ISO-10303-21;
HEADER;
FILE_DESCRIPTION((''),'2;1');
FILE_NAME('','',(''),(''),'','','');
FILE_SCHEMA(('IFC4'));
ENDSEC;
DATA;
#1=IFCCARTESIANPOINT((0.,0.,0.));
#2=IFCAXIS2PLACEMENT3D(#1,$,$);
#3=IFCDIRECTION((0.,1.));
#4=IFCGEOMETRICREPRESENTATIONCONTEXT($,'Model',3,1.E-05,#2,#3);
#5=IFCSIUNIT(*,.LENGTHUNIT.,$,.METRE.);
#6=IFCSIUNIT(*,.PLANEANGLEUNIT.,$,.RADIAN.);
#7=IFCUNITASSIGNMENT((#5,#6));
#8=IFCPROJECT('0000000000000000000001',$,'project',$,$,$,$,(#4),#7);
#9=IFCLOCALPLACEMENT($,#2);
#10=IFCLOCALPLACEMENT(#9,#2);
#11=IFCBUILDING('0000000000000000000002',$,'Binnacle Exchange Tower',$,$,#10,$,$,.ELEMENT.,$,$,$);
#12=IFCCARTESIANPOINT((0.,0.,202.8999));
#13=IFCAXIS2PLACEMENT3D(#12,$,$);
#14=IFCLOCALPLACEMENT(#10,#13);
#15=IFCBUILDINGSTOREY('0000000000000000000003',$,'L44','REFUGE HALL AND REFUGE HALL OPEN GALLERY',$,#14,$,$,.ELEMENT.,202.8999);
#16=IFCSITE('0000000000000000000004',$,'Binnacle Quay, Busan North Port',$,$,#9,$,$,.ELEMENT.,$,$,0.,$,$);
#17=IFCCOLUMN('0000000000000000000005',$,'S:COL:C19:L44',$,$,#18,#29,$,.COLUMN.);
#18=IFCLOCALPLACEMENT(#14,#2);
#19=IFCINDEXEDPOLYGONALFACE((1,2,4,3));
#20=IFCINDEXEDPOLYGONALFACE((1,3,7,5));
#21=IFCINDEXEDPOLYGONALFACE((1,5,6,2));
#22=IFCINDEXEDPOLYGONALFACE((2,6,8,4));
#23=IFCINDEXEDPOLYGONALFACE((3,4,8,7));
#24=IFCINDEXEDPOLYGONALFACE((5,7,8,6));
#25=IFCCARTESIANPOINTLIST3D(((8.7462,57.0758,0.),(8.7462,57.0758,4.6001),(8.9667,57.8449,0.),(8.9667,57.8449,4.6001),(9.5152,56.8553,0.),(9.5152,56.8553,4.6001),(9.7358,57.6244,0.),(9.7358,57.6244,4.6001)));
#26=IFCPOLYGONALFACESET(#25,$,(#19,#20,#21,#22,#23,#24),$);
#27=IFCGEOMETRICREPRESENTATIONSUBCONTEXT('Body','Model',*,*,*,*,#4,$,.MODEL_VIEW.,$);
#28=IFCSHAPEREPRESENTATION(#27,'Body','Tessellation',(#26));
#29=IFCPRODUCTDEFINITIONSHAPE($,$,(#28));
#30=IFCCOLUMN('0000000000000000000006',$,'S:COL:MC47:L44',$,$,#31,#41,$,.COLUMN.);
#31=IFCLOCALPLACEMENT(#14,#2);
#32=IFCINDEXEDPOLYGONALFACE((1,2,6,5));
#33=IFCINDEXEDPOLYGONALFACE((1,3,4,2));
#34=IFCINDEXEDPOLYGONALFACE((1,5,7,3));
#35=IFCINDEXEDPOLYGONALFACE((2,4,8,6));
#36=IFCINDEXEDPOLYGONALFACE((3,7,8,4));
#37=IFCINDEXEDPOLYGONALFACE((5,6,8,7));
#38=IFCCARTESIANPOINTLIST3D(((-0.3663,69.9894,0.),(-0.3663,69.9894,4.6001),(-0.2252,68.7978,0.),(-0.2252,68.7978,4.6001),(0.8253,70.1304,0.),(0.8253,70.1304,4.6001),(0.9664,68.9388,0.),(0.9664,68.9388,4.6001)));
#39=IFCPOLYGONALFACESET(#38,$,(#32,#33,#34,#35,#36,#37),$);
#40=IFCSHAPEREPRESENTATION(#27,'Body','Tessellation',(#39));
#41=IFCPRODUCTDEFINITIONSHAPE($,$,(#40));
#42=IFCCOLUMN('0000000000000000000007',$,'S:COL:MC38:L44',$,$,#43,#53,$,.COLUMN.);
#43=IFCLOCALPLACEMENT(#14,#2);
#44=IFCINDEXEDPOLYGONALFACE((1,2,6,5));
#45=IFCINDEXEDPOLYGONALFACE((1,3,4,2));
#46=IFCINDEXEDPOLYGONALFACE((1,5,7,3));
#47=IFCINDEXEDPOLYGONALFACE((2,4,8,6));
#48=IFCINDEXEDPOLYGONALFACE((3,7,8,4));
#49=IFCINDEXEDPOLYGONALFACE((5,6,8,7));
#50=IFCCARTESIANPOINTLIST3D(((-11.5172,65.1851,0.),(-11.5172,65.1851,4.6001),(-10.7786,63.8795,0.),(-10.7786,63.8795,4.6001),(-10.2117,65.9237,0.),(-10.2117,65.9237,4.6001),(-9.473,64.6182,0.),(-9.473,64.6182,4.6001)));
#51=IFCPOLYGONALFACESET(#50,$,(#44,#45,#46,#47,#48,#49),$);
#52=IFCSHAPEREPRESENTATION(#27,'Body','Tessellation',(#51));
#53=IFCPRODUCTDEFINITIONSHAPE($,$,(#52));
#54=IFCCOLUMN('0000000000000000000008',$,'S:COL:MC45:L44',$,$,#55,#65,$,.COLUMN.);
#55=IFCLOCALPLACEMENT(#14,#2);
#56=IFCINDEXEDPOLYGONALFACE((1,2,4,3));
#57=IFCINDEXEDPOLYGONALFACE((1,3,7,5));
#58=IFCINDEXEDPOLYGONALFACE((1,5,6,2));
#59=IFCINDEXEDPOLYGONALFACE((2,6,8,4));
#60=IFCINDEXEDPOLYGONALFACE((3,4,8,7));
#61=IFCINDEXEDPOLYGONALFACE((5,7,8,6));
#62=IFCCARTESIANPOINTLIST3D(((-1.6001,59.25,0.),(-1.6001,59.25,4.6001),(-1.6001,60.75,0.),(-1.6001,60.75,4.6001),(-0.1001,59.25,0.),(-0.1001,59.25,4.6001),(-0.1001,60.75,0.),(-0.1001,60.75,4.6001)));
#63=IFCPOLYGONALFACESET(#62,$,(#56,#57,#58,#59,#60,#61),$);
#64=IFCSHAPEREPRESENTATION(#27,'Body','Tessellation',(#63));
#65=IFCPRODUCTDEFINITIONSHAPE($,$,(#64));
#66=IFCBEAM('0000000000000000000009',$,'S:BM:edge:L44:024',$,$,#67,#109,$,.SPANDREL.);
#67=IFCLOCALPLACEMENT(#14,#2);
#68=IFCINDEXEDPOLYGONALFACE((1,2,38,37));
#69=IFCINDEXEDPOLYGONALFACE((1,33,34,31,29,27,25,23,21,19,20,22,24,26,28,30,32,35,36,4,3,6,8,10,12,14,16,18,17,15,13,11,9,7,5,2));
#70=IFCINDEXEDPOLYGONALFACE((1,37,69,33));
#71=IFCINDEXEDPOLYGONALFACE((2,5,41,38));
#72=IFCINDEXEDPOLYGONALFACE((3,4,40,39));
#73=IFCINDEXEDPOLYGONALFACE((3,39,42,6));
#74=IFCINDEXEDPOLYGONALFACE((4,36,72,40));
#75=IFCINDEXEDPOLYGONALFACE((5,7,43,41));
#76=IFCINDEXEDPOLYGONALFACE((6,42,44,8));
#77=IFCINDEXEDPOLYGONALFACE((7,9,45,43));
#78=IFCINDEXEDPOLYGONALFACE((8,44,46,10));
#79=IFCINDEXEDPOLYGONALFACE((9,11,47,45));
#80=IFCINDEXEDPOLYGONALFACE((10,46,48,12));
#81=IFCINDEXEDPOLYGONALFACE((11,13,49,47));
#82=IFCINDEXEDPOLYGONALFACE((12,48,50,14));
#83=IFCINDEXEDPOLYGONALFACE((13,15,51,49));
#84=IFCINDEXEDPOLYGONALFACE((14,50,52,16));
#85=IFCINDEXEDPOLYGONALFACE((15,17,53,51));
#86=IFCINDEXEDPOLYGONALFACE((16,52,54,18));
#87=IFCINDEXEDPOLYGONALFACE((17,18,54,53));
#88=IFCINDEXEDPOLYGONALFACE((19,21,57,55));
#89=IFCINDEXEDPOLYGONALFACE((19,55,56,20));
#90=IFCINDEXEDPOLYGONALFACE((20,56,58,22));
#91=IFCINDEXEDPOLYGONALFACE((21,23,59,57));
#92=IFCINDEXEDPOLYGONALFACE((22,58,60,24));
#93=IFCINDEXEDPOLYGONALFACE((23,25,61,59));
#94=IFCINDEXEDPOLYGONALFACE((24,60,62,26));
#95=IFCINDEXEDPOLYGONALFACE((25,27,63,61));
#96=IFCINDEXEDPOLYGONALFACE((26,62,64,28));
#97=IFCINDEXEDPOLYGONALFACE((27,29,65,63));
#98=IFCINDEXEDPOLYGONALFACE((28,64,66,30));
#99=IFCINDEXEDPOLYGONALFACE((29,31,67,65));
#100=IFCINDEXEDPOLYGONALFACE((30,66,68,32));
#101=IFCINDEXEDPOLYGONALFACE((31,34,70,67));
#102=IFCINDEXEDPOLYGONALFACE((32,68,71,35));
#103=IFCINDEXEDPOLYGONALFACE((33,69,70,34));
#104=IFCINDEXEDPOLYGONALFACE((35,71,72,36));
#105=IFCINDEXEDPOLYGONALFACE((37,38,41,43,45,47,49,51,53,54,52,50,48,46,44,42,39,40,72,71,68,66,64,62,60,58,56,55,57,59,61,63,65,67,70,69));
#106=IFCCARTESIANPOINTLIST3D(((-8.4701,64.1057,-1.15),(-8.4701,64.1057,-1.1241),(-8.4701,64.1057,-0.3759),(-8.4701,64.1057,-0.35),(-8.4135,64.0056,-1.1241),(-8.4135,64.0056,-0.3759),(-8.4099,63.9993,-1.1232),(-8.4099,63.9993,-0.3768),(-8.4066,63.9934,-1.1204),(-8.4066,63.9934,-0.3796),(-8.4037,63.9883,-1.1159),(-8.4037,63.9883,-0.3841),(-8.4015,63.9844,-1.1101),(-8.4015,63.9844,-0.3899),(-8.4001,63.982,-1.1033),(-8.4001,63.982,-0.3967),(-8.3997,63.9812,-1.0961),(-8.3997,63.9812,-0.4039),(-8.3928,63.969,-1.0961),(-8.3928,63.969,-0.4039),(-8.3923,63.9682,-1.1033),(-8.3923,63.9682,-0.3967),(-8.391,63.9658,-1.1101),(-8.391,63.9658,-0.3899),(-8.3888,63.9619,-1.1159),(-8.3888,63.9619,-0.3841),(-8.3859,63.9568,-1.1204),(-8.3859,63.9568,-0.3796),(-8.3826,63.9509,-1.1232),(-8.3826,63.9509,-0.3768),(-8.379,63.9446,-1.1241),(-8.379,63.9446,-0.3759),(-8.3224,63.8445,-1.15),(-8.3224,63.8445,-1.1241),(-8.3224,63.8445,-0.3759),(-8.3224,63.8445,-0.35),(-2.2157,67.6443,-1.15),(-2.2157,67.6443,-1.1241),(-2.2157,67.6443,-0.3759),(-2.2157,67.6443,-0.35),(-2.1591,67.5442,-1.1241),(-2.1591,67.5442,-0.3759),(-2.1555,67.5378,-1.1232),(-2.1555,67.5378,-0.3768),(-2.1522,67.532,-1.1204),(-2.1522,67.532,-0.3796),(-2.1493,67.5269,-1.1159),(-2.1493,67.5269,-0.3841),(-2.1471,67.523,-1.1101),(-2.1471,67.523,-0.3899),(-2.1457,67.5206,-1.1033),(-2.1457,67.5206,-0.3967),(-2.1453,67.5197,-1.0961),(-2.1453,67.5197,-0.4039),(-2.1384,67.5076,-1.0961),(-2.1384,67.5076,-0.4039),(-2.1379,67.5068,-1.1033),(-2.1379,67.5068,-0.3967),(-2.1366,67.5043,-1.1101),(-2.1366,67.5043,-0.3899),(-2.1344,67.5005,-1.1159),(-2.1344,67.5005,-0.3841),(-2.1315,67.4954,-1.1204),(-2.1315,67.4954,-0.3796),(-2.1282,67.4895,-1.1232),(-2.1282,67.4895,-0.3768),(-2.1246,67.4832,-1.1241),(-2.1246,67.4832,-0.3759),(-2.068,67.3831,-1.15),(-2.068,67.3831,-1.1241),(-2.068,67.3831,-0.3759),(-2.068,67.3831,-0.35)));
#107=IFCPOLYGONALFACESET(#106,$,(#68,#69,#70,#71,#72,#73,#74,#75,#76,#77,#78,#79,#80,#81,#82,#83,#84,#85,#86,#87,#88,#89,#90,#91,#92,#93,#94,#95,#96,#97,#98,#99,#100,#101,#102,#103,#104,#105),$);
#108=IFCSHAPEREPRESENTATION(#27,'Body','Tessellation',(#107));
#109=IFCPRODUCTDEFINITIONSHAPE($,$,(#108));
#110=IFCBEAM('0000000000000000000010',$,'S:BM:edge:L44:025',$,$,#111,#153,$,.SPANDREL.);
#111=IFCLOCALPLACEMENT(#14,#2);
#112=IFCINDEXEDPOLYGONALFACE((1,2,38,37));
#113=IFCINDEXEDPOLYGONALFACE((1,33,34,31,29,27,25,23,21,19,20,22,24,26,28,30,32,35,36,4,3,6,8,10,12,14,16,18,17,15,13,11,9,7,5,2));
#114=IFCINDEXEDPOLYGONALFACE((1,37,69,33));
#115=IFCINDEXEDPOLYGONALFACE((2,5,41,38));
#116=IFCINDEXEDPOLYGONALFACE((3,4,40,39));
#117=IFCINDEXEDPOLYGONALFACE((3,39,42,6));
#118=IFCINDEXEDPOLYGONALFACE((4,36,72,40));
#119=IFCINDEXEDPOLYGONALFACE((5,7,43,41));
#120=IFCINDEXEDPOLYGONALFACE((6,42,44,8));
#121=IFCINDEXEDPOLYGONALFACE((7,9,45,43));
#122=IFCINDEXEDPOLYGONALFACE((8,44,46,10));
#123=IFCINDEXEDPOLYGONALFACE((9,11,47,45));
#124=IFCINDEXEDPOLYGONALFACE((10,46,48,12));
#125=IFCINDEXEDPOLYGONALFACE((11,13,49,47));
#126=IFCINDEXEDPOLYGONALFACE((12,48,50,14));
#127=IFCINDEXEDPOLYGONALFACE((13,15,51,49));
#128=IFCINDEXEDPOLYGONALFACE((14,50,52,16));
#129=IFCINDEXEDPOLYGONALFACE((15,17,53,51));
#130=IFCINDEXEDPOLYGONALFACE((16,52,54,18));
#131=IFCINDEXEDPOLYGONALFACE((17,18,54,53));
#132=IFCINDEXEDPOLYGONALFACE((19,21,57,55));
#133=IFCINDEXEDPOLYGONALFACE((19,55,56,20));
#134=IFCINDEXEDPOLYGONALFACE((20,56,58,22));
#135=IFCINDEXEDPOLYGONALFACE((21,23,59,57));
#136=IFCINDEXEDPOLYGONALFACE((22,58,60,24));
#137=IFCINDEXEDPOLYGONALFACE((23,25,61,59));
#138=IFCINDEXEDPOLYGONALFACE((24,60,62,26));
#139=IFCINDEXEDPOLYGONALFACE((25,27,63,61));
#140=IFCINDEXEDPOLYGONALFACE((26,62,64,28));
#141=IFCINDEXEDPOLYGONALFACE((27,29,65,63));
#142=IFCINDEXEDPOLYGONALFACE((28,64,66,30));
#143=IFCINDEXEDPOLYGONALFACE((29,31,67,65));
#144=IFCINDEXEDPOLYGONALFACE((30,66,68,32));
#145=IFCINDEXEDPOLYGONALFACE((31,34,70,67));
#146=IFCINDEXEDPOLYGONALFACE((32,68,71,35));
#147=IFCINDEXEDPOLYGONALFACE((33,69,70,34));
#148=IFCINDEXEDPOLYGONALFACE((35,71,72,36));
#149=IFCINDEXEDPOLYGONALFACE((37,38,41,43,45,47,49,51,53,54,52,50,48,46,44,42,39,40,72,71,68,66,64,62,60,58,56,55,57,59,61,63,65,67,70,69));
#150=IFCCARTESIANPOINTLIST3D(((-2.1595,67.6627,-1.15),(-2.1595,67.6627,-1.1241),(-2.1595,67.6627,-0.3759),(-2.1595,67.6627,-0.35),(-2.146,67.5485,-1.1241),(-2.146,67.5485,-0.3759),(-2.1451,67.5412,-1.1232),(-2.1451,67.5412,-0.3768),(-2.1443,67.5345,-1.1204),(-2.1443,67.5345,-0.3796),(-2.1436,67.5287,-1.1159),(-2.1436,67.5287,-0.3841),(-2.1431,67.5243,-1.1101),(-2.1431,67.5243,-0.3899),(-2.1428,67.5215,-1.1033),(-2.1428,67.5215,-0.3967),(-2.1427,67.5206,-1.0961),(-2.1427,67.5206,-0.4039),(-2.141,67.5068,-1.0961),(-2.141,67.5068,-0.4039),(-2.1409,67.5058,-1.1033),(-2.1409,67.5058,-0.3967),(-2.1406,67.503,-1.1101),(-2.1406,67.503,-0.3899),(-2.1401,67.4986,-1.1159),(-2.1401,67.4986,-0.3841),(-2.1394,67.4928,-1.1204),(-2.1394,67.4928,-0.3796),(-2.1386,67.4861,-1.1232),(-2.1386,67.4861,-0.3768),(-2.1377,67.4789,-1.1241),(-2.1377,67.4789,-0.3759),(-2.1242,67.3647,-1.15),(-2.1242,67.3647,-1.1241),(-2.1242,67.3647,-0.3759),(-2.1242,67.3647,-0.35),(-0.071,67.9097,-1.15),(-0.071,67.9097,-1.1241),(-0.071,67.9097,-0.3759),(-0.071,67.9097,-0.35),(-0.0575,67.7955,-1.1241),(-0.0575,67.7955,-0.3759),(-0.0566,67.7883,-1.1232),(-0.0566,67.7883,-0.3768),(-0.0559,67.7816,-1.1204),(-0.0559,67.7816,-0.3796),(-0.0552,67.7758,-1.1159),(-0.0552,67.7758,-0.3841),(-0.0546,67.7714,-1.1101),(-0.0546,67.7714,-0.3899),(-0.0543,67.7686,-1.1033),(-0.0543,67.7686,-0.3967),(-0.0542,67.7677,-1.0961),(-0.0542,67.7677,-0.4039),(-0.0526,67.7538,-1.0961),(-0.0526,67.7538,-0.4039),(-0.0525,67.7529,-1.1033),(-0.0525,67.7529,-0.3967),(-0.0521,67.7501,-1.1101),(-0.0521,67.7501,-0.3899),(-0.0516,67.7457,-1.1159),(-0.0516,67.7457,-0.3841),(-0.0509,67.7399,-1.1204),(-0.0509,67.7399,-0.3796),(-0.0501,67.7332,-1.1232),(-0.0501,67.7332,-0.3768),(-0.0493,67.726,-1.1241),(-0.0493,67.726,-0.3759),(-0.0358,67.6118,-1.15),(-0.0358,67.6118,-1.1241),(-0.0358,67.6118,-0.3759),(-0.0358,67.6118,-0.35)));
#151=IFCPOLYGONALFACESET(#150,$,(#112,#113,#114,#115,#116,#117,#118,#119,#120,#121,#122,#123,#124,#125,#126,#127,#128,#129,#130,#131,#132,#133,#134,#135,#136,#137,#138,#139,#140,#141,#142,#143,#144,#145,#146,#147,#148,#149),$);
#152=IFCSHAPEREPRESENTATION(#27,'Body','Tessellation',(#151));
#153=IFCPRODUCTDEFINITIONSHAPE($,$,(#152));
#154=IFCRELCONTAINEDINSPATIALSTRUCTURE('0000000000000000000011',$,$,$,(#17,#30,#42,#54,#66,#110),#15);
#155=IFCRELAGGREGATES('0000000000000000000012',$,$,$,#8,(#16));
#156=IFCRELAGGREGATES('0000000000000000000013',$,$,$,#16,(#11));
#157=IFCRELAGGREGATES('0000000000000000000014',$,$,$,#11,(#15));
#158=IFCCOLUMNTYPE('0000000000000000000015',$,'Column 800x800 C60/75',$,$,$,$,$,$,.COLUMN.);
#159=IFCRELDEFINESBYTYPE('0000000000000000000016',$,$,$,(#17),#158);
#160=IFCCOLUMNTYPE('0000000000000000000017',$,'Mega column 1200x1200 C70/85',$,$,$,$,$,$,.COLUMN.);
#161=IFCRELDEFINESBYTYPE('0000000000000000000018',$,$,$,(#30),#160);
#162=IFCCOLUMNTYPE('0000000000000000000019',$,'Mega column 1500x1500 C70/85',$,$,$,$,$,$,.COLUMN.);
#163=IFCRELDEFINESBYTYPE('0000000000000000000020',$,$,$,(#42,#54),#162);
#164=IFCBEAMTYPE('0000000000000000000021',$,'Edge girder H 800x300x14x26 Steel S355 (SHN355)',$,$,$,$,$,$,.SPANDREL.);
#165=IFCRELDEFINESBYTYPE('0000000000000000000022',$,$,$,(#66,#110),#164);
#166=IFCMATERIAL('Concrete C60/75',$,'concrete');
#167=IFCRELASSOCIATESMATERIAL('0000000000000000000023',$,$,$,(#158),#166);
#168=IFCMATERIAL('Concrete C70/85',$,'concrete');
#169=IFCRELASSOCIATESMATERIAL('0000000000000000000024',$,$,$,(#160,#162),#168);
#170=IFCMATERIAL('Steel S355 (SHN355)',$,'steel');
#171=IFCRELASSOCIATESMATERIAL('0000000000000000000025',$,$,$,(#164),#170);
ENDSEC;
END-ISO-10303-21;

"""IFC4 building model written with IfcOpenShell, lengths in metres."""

from ifc_helpers import new_model, si_unit, direction, frame, origin, origin_2d, place, context, subcontext, project, spatial, rectangle, i_section, extrude, material, material_profile, profile_set, type_object, element, save


model = new_model("IFC4")

# Units and contexts
model_context = context("Model", 3, precision=1e-05, world=origin(), true_north=direction((0.0, 1.0)))
body_context = subcontext(model_context, "Body", "Model", "MODEL_VIEW")
ifc_project = project(units=[si_unit("LENGTHUNIT", "METRE"), si_unit("PLANEANGLEUNIT", "RADIAN")], contexts=[model_context])

# Site, building, storey
site_placement = place(None, origin())
site = spatial("IfcSite", under=ifc_project, at=site_placement, Name="Binnacle Quay, Busan North Port", CompositionType="ELEMENT", RefElevation=0.0)
building_placement = place(site_placement, origin())
building = spatial("IfcBuilding", under=site, at=building_placement, Name="Binnacle Exchange Tower", CompositionType="ELEMENT")
storey_placement = place(building_placement, frame((0.0, 0.0, 202.8999)))
storey = spatial("IfcBuildingStorey", under=building, at=storey_placement, Name="L44", Description="REFUGE HALL AND REFUGE HALL OPEN GALLERY", CompositionType="ELEMENT", Elevation=202.8999)

# Columns
ifc_material_1 = material(Name="Concrete C60/75", Category="concrete")
ifc_material_profile_1 = material_profile(ifc_material_1, rectangle(XDim=0.8, YDim=0.8, at=origin_2d()), Name="Column 800x800 C60/75")
ifc_profile_set_1 = profile_set([ifc_material_profile_1], Name="Concrete C60/75")
column_type_1 = type_object("IfcColumnType", Name="Column 800x800 C60/75", PredefinedType="COLUMN", material=ifc_profile_set_1)
column_1_placement = place(storey_placement, frame((9.241, 57.3501, 0.0), z_axis=(0.0, 0.0, 1.0), x_axis=(0.961262, -0.275637, 0.0)))
element("IfcColumn", 1, at=column_1_placement, inside=storey, type_object=column_type_1, Name="S:COL:C19:L44", PredefinedType="COLUMN", context=body_context, shape_type="SweptSolid", body=[
    extrude(rectangle(XDim=0.8, YDim=0.8, at=origin_2d()), origin(), (0.0, 0.0, 1.0), 4.6001),
])
ifc_material_2 = material(Name="Concrete C70/85", Category="concrete")
ifc_material_profile_2 = material_profile(ifc_material_2, rectangle(XDim=1.2, YDim=1.2, at=origin_2d()), Name="Mega column 1200x1200 C70/85")
ifc_profile_set_2 = profile_set([ifc_material_profile_2], Name="Concrete C70/85")
column_type_2 = type_object("IfcColumnType", Name="Mega column 1200x1200 C70/85", PredefinedType="COLUMN", material=ifc_profile_set_2)
column_2_placement = place(storey_placement, frame((0.3, 69.4641, 0.0), z_axis=(0.0, 0.0, 1.0), x_axis=(-0.993068, -0.117537, 0.0)))
element("IfcColumn", 2, at=column_2_placement, inside=storey, type_object=column_type_2, Name="S:COL:MC47:L44", PredefinedType="COLUMN", context=body_context, shape_type="SweptSolid", body=[
    extrude(rectangle(XDim=1.2, YDim=1.2, at=origin_2d()), origin(), (0.0, 0.0, 1.0), 4.6001),
])
ifc_material_profile_3 = material_profile(ifc_material_2, rectangle(XDim=1.5, YDim=1.5, at=origin_2d()), Name="Mega column 1500x1500 C70/85")
ifc_profile_set_3 = profile_set([ifc_material_profile_3], Name="Concrete C70/85")
column_type_3 = type_object("IfcColumnType", Name="Mega column 1500x1500 C70/85", PredefinedType="COLUMN", material=ifc_profile_set_3)
for number, where, z_axis, x_axis, name in (
    (3, (-10.4951, 64.9016, 0.0), (0.0, 0.0, 1.0), (-0.870356, -0.492424, 0.0), "S:COL:MC38:L44"),
    (4, (-0.8501, 60.0, 0.0), (0.0, 0.0, 1.0), (0.0, 1.0, 0.0), "S:COL:MC45:L44"),
):
    element("IfcColumn", number, at=place(storey_placement, frame(where, z_axis=z_axis, x_axis=x_axis)), inside=storey, type_object=column_type_3, Name=name, PredefinedType="COLUMN", context=body_context, shape_type="SweptSolid", body=[
        extrude(rectangle(XDim=1.5, YDim=1.5, at=origin_2d()), origin(), (0.0, 0.0, 1.0), 4.6001),
    ])

# Beams
ifc_material_3 = material(Name="Steel S355 (SHN355)", Category="steel")
ifc_material_profile_4 = material_profile(ifc_material_3, i_section(OverallWidth=0.3, OverallDepth=0.8, WebThickness=0.0139, FlangeThickness=0.0259, FilletRadius=0.0281, at=origin_2d()), Name="H 800x300x14x26")
ifc_profile_set_4 = profile_set([ifc_material_profile_4], Name="Steel S355 (SHN355)")
beam_type_1 = type_object("IfcBeamType", Name="Edge girder H 800x300x14x26 Steel S355 (SHN355)", PredefinedType="SPANDREL", material=ifc_profile_set_4)
beam_1_placement = place(storey_placement, frame((-8.3962, 63.9751, -0.75), z_axis=(0.870355, 0.492424, 0.0), x_axis=(-0.492424, 0.870355, 0.0)))
element("IfcBeam", 5, at=beam_1_placement, inside=storey, type_object=beam_type_1, Name="S:BM:edge:L44:024", PredefinedType="SPANDREL", context=body_context, shape_type="SweptSolid", body=[
    extrude(i_section(OverallWidth=0.3, OverallDepth=0.8, WebThickness=0.0139, FlangeThickness=0.0259, FilletRadius=0.0281, at=origin_2d()), origin(), (0.0, 0.0, 1.0), 7.186),
])
beam_2_placement = place(storey_placement, frame((-2.1418, 67.5137, -0.75), z_axis=(0.993074, 0.117488, 0.0), x_axis=(-0.117488, 0.993074, 0.0)))
element("IfcBeam", 6, at=beam_2_placement, inside=storey, type_object=beam_type_1, Name="S:BM:edge:L44:025", PredefinedType="SPANDREL", context=body_context, shape_type="SweptSolid", body=[
    extrude(i_section(OverallWidth=0.3, OverallDepth=0.8, WebThickness=0.0139, FlangeThickness=0.0259, FilletRadius=0.0281, at=origin_2d()), origin(), (0.0, 0.0, 1.0), 2.103),
])

save(model, "model.ifc")
